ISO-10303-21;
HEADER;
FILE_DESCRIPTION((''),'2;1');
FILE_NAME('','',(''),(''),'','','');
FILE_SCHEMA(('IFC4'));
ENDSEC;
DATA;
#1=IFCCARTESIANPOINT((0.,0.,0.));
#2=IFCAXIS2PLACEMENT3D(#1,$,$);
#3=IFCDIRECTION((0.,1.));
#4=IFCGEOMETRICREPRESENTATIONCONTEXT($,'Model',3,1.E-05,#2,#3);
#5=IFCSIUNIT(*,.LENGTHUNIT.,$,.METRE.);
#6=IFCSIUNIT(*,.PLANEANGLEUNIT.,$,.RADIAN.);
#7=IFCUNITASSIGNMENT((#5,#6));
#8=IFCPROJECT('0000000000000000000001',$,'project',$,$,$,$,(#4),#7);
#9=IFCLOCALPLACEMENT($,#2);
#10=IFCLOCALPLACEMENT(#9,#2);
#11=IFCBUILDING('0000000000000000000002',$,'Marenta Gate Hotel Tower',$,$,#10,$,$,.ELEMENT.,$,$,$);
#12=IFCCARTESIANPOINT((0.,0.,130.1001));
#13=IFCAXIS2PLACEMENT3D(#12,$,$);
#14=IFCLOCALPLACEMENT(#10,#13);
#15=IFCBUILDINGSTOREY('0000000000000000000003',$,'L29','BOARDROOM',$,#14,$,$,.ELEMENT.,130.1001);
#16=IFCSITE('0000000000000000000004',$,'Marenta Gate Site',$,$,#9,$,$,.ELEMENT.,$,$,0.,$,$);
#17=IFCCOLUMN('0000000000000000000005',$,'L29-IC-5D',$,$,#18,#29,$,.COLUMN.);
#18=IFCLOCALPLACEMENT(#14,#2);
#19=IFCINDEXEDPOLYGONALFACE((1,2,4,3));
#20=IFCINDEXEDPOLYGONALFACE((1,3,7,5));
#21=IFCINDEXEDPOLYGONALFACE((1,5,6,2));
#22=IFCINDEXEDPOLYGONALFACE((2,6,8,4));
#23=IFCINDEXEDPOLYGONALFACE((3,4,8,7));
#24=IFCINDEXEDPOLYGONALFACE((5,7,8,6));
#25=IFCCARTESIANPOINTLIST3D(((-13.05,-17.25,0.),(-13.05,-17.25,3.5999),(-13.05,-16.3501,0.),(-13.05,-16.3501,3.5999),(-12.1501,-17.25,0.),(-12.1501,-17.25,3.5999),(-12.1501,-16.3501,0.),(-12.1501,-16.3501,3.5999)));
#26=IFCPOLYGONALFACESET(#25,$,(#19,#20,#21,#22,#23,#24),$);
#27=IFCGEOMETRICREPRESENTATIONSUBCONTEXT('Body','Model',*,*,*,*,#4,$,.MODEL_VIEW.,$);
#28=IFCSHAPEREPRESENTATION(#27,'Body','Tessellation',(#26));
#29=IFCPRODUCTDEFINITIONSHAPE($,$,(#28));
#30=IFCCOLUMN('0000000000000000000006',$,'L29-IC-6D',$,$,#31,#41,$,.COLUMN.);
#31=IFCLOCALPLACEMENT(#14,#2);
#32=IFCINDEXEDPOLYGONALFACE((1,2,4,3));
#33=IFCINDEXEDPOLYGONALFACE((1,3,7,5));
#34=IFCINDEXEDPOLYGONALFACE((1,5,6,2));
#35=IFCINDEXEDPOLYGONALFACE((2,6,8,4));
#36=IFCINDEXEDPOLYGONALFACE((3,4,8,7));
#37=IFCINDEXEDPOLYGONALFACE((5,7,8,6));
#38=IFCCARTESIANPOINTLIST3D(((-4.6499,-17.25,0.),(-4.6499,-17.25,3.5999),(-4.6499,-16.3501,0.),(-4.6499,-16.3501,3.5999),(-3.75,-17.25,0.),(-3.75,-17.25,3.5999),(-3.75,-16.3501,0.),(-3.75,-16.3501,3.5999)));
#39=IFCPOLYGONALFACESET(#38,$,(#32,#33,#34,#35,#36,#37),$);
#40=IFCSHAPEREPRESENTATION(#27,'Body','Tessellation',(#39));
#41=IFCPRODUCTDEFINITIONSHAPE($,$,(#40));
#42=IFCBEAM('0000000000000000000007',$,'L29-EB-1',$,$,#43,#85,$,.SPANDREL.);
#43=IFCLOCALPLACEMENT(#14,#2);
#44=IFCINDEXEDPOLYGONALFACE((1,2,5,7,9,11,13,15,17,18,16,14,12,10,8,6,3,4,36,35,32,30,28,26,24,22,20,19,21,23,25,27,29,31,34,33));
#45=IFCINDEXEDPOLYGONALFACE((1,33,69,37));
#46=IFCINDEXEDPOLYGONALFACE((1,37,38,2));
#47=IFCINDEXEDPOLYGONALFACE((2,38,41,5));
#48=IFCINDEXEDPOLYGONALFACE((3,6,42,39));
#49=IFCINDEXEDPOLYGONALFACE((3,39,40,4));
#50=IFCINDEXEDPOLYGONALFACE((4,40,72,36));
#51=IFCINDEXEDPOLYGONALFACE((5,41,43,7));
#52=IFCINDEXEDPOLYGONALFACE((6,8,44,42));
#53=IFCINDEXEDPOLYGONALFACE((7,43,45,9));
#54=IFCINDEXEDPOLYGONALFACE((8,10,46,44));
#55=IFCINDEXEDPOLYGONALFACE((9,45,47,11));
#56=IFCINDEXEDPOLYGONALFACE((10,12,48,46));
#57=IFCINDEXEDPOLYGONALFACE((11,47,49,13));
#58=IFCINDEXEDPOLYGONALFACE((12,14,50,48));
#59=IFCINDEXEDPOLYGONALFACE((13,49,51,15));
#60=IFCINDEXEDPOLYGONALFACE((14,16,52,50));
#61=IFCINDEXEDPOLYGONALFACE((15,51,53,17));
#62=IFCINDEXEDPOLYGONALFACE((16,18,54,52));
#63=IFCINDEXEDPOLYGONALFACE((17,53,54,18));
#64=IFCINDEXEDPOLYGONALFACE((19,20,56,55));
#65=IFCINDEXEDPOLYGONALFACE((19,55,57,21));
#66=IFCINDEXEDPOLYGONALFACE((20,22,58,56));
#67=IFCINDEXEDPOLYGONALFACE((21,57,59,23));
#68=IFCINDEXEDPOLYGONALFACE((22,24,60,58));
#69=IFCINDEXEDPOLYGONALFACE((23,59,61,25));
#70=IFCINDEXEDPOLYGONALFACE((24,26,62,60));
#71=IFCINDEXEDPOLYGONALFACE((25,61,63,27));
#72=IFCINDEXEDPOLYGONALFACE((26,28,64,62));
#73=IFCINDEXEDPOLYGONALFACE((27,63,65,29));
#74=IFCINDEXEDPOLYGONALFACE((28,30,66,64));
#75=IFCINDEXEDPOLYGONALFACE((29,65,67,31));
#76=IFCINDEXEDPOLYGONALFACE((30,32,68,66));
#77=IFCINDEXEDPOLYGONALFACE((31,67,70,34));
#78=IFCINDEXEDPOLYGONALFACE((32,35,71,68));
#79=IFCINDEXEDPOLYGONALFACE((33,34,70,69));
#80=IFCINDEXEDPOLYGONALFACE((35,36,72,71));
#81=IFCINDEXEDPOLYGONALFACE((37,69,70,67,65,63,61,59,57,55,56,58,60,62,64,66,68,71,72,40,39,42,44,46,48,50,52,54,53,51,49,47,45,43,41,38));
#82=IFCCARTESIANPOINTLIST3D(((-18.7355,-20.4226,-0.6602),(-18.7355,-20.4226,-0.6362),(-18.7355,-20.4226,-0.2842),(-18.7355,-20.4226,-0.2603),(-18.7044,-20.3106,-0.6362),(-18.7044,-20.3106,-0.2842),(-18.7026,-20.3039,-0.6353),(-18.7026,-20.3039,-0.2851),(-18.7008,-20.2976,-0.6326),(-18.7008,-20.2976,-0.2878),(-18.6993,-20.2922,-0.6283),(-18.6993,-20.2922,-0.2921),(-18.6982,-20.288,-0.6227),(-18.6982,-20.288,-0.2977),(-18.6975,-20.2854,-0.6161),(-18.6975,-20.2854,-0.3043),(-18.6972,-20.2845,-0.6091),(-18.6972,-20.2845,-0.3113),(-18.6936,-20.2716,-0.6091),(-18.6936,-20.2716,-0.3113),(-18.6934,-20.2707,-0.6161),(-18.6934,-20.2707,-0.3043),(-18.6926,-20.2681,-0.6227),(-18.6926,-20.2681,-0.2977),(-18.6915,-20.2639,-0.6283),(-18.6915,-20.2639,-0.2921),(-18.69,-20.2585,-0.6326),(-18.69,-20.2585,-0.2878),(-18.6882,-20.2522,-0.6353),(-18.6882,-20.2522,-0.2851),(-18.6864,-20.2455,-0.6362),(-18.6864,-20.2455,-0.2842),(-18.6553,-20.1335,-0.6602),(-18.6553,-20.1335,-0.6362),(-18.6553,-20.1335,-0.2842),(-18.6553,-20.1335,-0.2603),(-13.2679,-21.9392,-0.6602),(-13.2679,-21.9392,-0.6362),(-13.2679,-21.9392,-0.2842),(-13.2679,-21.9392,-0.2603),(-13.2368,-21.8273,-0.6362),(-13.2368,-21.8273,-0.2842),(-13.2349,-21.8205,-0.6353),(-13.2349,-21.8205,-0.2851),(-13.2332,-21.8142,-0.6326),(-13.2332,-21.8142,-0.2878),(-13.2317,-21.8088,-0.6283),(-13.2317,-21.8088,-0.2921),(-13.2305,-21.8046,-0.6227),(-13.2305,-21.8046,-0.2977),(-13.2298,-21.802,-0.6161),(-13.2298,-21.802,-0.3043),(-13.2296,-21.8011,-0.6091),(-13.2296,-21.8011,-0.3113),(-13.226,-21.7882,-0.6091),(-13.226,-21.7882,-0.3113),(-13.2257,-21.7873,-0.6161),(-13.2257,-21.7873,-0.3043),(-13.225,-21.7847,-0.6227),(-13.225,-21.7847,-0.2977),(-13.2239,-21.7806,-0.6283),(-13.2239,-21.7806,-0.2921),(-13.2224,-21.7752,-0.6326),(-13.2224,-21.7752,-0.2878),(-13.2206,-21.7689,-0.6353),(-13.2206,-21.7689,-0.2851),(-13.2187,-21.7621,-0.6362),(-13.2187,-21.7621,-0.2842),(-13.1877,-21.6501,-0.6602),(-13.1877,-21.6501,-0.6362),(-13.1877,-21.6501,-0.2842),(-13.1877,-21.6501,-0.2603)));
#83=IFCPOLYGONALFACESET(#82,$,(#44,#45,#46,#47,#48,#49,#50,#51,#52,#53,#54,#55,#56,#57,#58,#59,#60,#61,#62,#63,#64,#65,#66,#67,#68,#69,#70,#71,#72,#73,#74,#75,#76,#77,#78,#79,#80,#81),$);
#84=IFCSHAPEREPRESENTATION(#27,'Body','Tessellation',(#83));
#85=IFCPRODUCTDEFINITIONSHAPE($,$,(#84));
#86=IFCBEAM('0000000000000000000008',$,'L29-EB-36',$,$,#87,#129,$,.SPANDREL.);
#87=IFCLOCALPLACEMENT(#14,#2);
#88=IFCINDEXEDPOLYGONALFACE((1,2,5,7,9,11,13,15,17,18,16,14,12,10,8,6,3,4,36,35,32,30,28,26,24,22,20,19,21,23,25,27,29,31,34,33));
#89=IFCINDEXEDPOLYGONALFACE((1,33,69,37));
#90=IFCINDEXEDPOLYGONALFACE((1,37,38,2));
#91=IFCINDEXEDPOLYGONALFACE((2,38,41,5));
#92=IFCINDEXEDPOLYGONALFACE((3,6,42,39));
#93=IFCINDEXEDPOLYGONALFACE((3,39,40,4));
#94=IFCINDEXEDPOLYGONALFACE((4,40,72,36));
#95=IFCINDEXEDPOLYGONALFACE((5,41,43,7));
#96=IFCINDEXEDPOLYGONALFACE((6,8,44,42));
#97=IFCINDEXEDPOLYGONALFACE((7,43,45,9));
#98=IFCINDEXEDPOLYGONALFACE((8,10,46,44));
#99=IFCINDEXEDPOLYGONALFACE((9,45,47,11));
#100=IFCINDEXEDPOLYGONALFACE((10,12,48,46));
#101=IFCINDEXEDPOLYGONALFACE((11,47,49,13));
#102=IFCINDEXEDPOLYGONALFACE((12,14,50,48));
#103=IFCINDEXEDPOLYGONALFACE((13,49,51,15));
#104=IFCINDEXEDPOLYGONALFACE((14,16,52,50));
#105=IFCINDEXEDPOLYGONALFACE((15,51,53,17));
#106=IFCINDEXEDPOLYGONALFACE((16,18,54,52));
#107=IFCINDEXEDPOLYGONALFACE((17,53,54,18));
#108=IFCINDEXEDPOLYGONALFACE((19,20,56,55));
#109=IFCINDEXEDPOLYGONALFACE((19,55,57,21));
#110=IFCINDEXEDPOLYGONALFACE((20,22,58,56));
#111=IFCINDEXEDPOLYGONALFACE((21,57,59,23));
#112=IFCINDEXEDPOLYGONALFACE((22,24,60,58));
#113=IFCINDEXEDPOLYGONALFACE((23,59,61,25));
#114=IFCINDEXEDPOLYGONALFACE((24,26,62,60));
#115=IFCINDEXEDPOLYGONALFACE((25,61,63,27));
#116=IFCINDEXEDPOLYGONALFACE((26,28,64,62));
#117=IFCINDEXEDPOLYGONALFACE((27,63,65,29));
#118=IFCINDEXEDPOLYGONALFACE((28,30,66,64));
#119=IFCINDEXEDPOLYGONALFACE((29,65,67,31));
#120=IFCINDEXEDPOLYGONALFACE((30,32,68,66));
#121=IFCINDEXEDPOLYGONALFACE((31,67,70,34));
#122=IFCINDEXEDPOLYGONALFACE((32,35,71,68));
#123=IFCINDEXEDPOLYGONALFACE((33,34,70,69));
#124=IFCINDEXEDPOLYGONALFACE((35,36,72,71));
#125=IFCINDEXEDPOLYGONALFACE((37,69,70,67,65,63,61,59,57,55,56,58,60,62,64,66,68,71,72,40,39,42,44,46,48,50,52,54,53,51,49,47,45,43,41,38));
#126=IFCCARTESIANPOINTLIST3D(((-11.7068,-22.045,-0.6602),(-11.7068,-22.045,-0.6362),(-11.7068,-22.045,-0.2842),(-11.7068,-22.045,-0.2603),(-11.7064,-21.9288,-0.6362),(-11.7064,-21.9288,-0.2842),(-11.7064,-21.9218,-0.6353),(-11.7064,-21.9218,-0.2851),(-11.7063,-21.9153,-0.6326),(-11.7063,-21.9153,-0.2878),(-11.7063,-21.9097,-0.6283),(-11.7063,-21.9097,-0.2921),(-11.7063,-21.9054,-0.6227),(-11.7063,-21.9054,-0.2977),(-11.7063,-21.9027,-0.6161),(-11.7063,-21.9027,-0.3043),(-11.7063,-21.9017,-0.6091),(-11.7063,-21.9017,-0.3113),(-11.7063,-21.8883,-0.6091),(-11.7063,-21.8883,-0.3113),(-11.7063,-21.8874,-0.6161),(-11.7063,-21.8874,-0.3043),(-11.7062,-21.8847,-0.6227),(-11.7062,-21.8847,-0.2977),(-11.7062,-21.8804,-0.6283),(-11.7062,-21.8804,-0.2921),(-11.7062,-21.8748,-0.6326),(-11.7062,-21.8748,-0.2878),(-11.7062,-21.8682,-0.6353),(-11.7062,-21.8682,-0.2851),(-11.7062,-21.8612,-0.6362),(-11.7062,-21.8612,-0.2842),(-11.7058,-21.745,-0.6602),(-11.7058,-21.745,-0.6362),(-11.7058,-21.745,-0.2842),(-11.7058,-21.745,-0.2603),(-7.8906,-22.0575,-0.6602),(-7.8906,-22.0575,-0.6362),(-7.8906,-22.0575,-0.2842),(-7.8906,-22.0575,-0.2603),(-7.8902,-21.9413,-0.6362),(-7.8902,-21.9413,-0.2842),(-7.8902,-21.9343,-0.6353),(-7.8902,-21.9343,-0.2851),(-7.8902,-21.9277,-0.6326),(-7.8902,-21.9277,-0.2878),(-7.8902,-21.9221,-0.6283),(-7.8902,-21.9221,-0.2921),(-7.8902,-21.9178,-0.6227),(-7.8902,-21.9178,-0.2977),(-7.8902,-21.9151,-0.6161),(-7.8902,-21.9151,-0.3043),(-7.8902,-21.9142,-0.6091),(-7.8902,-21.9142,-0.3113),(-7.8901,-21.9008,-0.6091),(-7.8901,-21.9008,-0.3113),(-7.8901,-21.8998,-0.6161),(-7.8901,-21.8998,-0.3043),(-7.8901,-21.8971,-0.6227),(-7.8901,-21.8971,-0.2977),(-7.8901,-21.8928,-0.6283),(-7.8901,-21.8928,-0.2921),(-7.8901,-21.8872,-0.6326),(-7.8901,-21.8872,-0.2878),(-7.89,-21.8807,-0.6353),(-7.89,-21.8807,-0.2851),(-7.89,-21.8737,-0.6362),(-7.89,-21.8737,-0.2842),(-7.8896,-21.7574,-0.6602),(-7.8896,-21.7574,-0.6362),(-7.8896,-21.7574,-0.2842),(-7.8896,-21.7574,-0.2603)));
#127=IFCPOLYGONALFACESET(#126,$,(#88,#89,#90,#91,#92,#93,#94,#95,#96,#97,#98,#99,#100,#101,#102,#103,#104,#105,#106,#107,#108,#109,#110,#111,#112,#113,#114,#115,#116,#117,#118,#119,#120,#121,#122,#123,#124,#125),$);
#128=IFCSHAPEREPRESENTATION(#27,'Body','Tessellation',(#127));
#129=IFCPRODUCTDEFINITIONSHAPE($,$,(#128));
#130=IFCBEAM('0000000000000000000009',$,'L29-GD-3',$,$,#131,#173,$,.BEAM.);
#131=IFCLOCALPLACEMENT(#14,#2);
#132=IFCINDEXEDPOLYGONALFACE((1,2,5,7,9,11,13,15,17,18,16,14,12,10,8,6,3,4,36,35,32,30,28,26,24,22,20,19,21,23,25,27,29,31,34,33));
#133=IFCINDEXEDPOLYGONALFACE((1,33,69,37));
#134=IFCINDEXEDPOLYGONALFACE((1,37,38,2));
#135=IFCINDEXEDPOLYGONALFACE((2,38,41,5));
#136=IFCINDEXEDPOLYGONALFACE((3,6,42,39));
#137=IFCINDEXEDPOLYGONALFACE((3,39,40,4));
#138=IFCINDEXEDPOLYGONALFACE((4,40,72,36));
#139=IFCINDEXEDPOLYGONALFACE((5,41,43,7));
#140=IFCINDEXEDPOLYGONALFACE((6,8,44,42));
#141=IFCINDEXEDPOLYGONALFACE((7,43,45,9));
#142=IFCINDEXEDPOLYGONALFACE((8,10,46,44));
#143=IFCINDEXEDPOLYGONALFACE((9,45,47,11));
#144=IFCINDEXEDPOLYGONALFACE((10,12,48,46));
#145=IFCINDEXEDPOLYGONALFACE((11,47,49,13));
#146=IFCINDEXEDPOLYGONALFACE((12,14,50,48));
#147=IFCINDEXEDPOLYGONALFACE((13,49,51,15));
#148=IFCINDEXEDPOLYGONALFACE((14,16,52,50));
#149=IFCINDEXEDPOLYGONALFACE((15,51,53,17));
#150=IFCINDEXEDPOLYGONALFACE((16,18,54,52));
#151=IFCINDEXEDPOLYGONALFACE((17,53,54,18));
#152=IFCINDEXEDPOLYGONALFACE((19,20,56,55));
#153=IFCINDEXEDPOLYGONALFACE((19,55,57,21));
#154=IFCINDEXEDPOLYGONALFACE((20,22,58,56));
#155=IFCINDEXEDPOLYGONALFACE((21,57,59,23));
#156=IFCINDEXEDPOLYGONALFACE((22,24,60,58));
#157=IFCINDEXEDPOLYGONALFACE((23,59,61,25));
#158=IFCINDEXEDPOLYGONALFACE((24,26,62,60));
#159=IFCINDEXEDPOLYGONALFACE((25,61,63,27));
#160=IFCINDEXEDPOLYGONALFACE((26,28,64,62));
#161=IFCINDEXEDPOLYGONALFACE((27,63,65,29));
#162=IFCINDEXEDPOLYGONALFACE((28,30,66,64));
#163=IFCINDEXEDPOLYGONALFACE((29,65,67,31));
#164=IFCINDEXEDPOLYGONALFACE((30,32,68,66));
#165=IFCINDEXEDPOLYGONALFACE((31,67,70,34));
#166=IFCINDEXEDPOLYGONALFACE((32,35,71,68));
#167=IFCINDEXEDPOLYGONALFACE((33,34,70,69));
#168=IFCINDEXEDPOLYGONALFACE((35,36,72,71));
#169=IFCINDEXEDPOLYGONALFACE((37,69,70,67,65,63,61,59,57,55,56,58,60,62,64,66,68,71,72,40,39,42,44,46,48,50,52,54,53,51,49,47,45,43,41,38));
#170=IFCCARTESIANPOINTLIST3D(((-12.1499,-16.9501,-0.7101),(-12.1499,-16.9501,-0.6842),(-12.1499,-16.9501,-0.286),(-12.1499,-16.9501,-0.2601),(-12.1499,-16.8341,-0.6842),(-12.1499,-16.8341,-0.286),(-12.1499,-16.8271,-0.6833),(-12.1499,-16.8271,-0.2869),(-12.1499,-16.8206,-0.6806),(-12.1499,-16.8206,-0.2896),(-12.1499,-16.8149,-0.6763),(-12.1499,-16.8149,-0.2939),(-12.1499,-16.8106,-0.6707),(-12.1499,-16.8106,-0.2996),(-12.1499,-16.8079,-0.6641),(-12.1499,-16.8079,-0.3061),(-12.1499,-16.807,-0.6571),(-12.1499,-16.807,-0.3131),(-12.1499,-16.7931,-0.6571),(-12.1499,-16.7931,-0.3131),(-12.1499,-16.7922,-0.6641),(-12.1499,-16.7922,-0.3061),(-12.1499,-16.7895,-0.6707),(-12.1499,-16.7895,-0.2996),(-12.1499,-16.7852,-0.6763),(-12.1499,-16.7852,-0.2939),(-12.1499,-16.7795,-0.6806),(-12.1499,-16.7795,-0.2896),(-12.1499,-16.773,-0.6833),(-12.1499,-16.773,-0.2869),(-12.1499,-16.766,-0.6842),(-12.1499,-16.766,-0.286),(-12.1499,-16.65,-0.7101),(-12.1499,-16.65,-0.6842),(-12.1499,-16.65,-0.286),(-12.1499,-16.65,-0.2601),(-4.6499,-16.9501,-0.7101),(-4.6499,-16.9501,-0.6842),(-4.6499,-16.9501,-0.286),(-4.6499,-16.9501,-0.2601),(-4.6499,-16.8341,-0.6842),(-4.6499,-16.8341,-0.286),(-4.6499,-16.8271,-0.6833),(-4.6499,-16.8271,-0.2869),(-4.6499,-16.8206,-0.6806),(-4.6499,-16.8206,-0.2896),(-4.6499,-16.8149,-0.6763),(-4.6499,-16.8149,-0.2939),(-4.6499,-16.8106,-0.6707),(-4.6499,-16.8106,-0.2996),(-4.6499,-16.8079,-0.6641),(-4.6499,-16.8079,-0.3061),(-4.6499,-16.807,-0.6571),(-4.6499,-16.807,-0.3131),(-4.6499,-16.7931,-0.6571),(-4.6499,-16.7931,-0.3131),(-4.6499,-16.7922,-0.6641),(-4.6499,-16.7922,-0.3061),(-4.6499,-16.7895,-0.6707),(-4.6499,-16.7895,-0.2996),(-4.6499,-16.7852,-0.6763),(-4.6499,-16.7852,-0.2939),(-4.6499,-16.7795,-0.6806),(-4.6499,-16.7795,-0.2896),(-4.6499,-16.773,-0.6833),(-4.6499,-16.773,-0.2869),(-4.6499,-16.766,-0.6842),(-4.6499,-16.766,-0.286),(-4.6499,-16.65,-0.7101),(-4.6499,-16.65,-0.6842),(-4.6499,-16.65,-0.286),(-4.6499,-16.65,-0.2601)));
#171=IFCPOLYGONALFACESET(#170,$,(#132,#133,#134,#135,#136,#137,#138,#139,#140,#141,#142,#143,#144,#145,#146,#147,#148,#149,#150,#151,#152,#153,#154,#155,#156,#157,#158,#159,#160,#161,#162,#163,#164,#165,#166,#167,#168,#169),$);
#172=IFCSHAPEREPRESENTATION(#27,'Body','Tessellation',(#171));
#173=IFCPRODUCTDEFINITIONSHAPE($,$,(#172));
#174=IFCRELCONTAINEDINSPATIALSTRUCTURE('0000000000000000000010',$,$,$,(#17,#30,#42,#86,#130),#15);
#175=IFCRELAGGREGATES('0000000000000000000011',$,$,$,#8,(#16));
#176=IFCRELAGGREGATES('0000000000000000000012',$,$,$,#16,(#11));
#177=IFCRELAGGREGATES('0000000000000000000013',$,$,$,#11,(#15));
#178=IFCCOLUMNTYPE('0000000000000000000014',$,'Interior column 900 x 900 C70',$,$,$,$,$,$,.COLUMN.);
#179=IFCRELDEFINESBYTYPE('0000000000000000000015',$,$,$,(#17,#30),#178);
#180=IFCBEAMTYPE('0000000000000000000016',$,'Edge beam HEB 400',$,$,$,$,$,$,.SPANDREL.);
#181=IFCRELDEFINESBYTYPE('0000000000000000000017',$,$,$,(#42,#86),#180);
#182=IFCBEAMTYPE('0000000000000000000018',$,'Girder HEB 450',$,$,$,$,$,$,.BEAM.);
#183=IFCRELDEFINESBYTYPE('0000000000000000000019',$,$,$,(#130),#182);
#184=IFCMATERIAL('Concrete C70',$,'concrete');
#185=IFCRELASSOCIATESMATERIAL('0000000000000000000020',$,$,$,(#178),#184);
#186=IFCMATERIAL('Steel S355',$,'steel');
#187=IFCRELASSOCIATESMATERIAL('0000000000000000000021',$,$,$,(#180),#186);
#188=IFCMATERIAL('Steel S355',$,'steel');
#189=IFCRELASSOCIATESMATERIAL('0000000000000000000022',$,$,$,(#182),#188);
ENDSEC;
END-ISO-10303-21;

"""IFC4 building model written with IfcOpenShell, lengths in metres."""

from ifc_helpers import new_model, si_unit, direction, frame, origin, origin_2d, place, context, subcontext, project, spatial, rectangle, i_section, extrude, material, material_profile, profile_set, type_object, element, save


model = new_model("IFC4")

# Units and contexts
model_context = context("Model", 3, precision=1e-05, world=origin(), true_north=direction((0.0, 1.0)))
body_context = subcontext(model_context, "Body", "Model", "MODEL_VIEW")
ifc_project = project(units=[si_unit("LENGTHUNIT", "METRE"), si_unit("PLANEANGLEUNIT", "RADIAN")], contexts=[model_context])

# Site, building, storey
site_placement = place(None, origin())
site = spatial("IfcSite", under=ifc_project, at=site_placement, Name="Marenta Gate Site", CompositionType="ELEMENT", RefElevation=0.0)
building_placement = place(site_placement, origin())
building = spatial("IfcBuilding", under=site, at=building_placement, Name="Marenta Gate Hotel Tower", CompositionType="ELEMENT")
storey_placement = place(building_placement, frame((0.0, 0.0, 130.1001)))
storey = spatial("IfcBuildingStorey", under=building, at=storey_placement, Name="L29", Description="BOARDROOM", CompositionType="ELEMENT", Elevation=130.1001)

# Columns
ifc_material_1 = material(Name="Concrete C70", Category="concrete")
ifc_material_profile_1 = material_profile(ifc_material_1, rectangle(XDim=0.8999, YDim=0.8999, at=origin_2d()), Name="900 x 900")
ifc_profile_set_1 = profile_set([ifc_material_profile_1], Name="Concrete C70")
column_type = type_object("IfcColumnType", Name="Interior column 900 x 900 C70", PredefinedType="COLUMN", material=ifc_profile_set_1)
for number, where, z_axis, x_axis, name in (
    (1, (-12.6001, -16.8, 0.0), (0.0, 0.0, 1.0), (1.0, 0.0, 0.0), "L29-IC-5D"),
    (2, (-4.2, -16.8, 0.0), (0.0, 0.0, 1.0), (1.0, 0.0, 0.0), "L29-IC-6D"),
):
    element("IfcColumn", number, at=place(storey_placement, frame(where, z_axis=z_axis, x_axis=x_axis)), inside=storey, type_object=column_type, Name=name, PredefinedType="COLUMN", context=body_context, shape_type="SweptSolid", body=[
        extrude(rectangle(XDim=0.8999, YDim=0.8999, at=origin_2d()), origin(), (0.0, 0.0, 1.0), 3.5999),
    ])

# Beams
ifc_material_2 = material(Name="Steel S355", Category="steel")
ifc_material_profile_2 = material_profile(ifc_material_2, i_section(OverallWidth=0.3, OverallDepth=0.3999, WebThickness=0.0134, FlangeThickness=0.0239, FilletRadius=0.0271, at=origin_2d()), Name="HEB 400")
ifc_profile_set_2 = profile_set([ifc_material_profile_2], Name="Steel S355")
beam_type_1 = type_object("IfcBeamType", Name="Edge beam HEB 400", PredefinedType="SPANDREL", material=ifc_profile_set_2)
beam_1_placement = place(storey_placement, frame((-13.2278, -21.7947, -0.4602), z_axis=(-0.963616, 0.267291, 0.0), x_axis=(-0.267291, -0.963616, 0.0)))
element("IfcBeam", 3, at=beam_1_placement, inside=storey, type_object=beam_type_1, Name="L29-EB-1", PredefinedType="SPANDREL", context=body_context, shape_type="SweptSolid", body=[
    extrude(i_section(OverallWidth=0.3, OverallDepth=0.3999, WebThickness=0.0134, FlangeThickness=0.0239, FilletRadius=0.0271, at=origin_2d()), origin(), (0.0, 0.0, 1.0), 5.6741),
])
beam_2_placement = place(storey_placement, frame((-7.8901, -21.9075, -0.4602), z_axis=(-0.999995, 0.003263, 0.0), x_axis=(-0.003263, -0.999995, 0.0)))
element("IfcBeam", 4, at=beam_2_placement, inside=storey, type_object=beam_type_1, Name="L29-EB-36", PredefinedType="SPANDREL", context=body_context, shape_type="SweptSolid", body=[
    extrude(i_section(OverallWidth=0.3, OverallDepth=0.3999, WebThickness=0.0134, FlangeThickness=0.0239, FilletRadius=0.0271, at=origin_2d()), origin(), (0.0, 0.0, 1.0), 3.8162),
])
ifc_material_3 = material(Name="Steel S355", Category="steel")
ifc_material_profile_3 = material_profile(ifc_material_3, i_section(OverallWidth=0.3, OverallDepth=0.45, WebThickness=0.0139, FlangeThickness=0.0259, FilletRadius=0.0271, at=origin_2d()), Name="HEB 450")
ifc_profile_set_3 = profile_set([ifc_material_profile_3], Name="Steel S355")
beam_type_2 = type_object("IfcBeamType", Name="Girder HEB 450", PredefinedType="BEAM", material=ifc_profile_set_3)
for number, where, z_axis, x_axis, name in (
    (5, (-12.1499, -16.8, -0.4851), (1.0, 0.0, 0.0), (0.0, 1.0, 0.0), "L29-GD-3"),
):
    element("IfcBeam", number, at=place(storey_placement, frame(where, z_axis=z_axis, x_axis=x_axis)), inside=storey, type_object=beam_type_2, Name=name, PredefinedType="BEAM", context=body_context, shape_type="SweptSolid", body=[
        extrude(i_section(OverallWidth=0.3, OverallDepth=0.45, WebThickness=0.0139, FlangeThickness=0.0259, FilletRadius=0.0271, at=origin_2d()), origin(), (0.0, 0.0, 1.0), 7.5),
    ])

save(model, "model.ifc")
